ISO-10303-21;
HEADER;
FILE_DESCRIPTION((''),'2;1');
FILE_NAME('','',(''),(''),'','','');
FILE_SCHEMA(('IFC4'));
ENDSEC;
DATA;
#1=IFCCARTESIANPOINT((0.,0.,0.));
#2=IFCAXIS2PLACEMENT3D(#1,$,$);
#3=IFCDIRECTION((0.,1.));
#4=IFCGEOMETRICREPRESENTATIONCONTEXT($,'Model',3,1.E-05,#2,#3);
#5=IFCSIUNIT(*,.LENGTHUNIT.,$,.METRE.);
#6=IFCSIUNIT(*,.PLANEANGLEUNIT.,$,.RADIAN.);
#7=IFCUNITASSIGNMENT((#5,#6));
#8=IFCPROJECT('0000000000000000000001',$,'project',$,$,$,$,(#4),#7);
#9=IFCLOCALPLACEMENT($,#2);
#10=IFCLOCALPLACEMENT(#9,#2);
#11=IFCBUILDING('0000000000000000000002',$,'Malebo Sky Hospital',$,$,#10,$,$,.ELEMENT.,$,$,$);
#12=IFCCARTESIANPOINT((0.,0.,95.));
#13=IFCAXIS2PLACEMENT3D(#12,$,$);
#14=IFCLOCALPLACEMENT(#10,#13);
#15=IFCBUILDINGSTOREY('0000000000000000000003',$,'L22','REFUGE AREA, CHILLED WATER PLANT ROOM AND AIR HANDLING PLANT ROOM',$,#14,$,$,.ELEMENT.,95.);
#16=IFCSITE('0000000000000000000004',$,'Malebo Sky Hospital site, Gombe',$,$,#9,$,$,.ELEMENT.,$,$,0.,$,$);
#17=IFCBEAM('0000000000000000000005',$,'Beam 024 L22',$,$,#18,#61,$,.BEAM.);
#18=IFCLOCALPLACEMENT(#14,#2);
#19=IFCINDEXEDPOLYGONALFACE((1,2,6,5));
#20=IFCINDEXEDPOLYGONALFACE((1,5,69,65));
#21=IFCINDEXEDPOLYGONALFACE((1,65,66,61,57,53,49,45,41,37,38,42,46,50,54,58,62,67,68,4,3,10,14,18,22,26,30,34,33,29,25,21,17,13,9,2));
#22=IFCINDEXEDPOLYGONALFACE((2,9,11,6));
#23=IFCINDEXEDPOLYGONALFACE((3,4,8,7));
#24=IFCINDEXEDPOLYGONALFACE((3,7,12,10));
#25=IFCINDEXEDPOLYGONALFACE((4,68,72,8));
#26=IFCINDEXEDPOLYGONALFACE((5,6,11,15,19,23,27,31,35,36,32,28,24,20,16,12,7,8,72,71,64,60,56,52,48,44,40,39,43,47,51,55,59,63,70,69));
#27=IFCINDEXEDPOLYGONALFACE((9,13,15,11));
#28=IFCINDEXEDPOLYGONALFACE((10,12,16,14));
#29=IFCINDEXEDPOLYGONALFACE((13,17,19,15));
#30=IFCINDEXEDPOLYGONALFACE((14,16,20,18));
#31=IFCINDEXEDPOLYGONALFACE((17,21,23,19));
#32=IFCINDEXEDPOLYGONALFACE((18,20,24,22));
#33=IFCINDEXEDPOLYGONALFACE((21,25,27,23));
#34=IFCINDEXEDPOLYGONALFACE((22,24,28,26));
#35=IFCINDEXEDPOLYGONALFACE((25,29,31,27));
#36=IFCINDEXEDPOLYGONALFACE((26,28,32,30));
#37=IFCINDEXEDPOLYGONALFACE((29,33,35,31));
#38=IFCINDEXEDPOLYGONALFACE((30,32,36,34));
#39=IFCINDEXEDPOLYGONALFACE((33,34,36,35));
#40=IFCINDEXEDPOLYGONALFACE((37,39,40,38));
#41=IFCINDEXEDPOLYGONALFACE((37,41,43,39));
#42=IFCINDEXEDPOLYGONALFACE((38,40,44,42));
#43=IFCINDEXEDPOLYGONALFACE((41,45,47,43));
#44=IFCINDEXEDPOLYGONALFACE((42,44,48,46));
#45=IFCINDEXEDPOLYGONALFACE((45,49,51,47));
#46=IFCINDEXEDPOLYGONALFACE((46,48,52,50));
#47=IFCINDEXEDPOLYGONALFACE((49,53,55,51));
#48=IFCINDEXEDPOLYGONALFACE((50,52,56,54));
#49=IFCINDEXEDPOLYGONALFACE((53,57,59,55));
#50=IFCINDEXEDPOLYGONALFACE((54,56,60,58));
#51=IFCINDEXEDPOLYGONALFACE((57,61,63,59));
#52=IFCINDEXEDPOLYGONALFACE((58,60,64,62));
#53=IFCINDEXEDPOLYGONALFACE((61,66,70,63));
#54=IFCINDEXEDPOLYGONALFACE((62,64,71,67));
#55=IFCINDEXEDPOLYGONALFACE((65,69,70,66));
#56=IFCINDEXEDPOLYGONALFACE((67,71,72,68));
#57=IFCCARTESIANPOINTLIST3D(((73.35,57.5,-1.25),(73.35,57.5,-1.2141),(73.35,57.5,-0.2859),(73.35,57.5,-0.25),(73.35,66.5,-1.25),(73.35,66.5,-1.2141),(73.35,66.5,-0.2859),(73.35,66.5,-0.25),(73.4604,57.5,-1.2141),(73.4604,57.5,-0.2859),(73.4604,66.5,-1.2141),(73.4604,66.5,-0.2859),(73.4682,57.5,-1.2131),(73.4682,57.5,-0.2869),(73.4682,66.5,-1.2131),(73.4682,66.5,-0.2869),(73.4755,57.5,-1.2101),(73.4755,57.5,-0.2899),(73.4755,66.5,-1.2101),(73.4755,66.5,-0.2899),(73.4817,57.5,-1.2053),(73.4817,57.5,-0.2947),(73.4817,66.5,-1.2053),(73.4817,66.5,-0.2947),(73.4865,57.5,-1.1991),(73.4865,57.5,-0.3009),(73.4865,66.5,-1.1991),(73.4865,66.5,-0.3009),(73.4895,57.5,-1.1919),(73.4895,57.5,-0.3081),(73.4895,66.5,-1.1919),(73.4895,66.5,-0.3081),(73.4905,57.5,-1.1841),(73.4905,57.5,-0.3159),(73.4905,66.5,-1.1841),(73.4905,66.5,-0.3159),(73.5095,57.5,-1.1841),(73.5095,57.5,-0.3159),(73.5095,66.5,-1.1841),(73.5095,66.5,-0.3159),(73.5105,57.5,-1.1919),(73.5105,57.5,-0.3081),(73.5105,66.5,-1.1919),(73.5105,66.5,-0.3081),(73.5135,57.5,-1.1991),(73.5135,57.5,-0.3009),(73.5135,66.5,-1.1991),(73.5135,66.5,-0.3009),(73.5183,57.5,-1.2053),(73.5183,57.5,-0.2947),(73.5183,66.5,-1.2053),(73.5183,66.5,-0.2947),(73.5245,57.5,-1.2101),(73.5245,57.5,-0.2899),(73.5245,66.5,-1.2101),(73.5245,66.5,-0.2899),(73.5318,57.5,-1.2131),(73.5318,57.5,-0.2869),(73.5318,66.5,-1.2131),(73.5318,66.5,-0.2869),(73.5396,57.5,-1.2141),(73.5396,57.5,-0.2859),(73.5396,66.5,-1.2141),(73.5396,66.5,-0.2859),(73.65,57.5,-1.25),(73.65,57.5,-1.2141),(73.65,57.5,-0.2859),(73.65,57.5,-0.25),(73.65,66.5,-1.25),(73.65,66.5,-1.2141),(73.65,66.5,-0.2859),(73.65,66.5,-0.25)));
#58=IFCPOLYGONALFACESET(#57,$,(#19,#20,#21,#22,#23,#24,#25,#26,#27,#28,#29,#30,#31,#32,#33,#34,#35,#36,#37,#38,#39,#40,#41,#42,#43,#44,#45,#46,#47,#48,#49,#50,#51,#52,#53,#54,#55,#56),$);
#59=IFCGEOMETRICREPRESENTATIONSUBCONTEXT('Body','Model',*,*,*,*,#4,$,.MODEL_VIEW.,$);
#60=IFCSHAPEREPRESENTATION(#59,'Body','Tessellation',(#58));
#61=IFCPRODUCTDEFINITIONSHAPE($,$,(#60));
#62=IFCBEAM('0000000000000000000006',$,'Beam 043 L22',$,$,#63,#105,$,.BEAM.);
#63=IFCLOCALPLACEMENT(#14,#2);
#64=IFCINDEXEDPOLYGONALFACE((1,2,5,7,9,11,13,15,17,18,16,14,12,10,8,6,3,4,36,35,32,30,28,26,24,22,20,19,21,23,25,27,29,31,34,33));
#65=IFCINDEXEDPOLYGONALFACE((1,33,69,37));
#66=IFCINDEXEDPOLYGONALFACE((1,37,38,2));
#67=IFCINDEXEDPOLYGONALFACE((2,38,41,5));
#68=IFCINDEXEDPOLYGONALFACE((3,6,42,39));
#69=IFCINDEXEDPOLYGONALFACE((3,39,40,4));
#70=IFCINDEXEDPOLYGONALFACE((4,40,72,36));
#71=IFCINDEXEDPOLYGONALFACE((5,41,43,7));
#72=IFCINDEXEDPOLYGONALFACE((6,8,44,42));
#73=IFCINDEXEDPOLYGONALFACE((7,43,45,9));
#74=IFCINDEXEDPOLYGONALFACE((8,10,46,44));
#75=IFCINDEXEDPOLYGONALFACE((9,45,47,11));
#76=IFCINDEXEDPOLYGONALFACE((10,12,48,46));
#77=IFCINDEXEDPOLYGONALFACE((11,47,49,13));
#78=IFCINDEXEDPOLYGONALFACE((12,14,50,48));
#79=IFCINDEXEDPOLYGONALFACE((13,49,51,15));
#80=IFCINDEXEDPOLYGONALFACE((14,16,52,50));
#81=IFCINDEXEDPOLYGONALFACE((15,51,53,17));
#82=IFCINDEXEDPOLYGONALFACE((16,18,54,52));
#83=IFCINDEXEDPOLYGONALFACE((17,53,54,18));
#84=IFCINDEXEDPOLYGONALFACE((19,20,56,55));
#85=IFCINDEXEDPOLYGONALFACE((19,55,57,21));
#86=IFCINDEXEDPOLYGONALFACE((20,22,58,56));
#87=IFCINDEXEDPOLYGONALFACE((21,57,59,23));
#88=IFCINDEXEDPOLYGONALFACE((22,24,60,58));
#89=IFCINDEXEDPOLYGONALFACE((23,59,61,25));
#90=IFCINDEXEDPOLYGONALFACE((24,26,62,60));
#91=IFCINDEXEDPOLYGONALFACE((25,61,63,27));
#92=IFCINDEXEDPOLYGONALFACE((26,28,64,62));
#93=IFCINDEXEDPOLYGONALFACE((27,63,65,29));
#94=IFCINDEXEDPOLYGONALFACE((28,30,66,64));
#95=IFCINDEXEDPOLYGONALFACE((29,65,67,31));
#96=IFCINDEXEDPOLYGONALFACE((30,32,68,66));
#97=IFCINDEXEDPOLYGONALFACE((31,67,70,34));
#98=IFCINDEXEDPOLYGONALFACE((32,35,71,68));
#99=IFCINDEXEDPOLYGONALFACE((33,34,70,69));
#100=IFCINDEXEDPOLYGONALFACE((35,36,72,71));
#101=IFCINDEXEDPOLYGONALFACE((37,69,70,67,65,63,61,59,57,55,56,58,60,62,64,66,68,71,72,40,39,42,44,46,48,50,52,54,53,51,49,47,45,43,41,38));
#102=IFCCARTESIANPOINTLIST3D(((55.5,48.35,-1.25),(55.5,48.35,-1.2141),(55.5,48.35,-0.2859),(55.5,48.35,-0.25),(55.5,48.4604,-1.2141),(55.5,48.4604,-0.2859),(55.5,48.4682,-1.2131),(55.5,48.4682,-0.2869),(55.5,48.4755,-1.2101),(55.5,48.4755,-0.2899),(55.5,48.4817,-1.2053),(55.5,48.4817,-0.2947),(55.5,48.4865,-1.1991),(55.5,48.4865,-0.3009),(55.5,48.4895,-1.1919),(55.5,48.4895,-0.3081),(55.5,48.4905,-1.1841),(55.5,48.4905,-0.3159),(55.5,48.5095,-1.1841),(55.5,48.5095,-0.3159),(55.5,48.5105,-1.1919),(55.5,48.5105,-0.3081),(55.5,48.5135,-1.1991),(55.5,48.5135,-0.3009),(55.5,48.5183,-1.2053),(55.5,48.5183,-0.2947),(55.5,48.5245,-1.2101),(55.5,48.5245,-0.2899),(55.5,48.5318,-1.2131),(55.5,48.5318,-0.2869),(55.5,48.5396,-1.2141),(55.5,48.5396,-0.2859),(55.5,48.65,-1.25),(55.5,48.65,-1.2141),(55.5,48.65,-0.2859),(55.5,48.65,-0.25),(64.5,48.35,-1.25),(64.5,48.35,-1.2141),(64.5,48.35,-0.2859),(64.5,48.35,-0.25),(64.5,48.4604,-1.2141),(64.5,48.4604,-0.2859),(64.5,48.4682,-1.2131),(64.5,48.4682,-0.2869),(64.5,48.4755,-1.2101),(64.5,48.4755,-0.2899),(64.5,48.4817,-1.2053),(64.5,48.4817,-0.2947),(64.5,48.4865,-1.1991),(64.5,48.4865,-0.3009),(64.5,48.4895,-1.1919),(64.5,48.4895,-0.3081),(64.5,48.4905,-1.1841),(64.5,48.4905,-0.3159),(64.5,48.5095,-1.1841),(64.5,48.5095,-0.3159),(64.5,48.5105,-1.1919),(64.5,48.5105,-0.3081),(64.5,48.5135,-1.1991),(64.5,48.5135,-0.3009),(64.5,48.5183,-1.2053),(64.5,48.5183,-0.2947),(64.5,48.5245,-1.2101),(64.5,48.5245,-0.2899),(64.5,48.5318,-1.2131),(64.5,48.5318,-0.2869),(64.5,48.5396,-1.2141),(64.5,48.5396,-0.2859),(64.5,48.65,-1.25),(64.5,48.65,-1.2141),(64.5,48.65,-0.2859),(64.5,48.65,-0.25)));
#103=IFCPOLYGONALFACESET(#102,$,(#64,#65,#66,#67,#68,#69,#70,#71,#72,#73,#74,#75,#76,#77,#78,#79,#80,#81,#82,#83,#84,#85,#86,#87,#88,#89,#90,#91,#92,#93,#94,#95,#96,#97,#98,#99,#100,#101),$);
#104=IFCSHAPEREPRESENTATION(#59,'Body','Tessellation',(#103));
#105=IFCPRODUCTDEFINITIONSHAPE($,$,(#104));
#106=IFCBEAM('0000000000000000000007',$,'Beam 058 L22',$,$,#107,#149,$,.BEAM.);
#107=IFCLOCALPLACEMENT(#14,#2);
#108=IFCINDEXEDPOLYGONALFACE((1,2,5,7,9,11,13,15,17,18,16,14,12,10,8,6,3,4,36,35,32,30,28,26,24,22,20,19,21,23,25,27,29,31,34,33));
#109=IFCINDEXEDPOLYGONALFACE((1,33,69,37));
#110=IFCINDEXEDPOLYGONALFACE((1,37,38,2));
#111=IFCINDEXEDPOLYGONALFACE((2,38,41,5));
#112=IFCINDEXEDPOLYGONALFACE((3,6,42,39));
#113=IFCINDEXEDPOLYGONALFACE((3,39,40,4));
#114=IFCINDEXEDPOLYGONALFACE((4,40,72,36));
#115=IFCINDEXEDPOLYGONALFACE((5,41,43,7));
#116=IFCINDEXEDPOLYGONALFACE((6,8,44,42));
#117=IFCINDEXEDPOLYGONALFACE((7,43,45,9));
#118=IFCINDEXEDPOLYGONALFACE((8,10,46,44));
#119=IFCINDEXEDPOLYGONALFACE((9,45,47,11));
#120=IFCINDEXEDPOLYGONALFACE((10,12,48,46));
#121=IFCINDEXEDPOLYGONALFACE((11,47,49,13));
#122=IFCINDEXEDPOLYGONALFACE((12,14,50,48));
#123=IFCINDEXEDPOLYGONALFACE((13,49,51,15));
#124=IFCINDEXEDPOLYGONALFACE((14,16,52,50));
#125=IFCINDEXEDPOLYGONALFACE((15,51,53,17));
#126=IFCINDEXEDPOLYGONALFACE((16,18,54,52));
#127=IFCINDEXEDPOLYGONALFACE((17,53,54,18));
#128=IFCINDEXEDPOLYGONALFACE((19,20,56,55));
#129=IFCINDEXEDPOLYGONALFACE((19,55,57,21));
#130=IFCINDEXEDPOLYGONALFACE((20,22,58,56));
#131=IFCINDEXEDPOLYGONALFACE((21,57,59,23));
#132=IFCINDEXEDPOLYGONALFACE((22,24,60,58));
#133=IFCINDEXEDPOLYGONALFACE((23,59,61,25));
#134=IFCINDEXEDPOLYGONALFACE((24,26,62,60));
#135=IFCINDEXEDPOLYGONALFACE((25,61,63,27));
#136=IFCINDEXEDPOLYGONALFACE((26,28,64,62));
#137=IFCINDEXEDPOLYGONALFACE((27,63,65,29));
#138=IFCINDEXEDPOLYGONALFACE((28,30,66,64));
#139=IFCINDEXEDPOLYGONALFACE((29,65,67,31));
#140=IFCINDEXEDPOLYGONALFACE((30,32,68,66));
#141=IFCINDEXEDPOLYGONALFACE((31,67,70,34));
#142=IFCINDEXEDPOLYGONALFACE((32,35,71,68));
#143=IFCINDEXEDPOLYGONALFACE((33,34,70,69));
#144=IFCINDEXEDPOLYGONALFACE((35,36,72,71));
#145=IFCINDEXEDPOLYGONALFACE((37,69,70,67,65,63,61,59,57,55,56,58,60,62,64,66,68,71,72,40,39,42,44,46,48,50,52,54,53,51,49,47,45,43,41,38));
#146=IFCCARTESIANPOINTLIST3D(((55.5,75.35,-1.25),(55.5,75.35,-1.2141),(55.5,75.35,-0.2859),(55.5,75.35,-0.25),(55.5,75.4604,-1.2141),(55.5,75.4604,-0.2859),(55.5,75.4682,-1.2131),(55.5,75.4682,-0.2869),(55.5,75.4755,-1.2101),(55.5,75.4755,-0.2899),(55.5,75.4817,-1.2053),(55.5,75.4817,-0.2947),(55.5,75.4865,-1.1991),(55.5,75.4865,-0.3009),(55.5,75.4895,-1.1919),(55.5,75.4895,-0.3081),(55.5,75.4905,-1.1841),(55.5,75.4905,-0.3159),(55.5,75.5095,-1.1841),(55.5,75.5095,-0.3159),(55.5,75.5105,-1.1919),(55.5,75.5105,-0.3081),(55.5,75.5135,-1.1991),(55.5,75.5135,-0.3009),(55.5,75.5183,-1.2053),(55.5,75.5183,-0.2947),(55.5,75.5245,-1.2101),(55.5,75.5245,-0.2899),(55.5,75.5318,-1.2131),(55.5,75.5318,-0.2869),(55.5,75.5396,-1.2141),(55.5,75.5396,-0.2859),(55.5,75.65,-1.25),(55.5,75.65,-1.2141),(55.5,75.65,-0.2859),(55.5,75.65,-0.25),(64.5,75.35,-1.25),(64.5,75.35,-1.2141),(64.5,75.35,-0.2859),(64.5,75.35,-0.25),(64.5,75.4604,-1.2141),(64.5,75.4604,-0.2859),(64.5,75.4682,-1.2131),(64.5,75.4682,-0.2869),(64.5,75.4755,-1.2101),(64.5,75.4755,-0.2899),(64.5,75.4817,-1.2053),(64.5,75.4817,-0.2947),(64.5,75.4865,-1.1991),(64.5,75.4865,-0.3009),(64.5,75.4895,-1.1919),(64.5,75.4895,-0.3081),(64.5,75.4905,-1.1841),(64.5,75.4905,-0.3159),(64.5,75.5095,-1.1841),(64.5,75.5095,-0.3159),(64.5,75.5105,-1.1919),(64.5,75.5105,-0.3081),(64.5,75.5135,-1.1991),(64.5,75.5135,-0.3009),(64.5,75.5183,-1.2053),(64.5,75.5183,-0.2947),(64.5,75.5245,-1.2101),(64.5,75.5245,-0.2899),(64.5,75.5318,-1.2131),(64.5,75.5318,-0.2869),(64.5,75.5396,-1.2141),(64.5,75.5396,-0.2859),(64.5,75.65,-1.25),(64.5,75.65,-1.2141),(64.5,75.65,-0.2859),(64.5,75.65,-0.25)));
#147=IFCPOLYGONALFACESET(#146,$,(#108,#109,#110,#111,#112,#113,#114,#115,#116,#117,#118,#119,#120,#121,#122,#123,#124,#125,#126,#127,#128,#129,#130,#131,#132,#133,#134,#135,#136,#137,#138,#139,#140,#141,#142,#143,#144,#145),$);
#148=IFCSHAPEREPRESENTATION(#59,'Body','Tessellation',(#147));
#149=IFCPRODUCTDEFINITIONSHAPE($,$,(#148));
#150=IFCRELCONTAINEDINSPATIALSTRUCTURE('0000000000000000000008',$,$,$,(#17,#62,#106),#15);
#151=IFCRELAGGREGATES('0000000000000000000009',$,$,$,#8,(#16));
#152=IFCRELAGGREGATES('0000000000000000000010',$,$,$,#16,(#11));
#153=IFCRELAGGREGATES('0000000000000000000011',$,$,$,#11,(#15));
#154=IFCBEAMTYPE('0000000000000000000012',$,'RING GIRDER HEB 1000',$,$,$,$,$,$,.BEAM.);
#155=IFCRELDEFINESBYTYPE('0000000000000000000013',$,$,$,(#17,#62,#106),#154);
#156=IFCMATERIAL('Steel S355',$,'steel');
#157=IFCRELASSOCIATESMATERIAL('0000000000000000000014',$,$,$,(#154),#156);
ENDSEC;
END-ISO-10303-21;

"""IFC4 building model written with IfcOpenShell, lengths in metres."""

from ifc_helpers import new_model, si_unit, direction, frame, origin, origin_2d, place, context, subcontext, project, spatial, i_section, extrude, material, material_profile, profile_set, type_object, element, save


model = new_model("IFC4")

# Units and contexts
model_context = context("Model", 3, precision=1e-05, world=origin(), true_north=direction((0.0, 1.0)))
body_context = subcontext(model_context, "Body", "Model", "MODEL_VIEW")
ifc_project = project(units=[si_unit("LENGTHUNIT", "METRE"), si_unit("PLANEANGLEUNIT", "RADIAN")], contexts=[model_context])

# Site, building, storey
site_placement = place(None, origin())
site = spatial("IfcSite", under=ifc_project, at=site_placement, Name="Malebo Sky Hospital site, Gombe", CompositionType="ELEMENT", RefElevation=0.0)
building_placement = place(site_placement, origin())
building = spatial("IfcBuilding", under=site, at=building_placement, Name="Malebo Sky Hospital", CompositionType="ELEMENT")
storey_placement = place(building_placement, frame((0.0, 0.0, 95.0)))
storey = spatial("IfcBuildingStorey", under=building, at=storey_placement, Name="L22", Description="REFUGE AREA, CHILLED WATER PLANT ROOM AND AIR HANDLING PLANT ROOM", CompositionType="ELEMENT", Elevation=95.0)

# Beams
ifc_material_1 = material(Name="Steel S355", Category="steel")
ifc_material_profile_1 = material_profile(ifc_material_1, i_section(OverallWidth=0.3, OverallDepth=1.0, WebThickness=0.019, FlangeThickness=0.0359, FilletRadius=0.03, at=origin_2d()), Name="HEB 1000")
ifc_profile_set_1 = profile_set([ifc_material_profile_1], Name="Steel S355")
beam_type_1 = type_object("IfcBeamType", Name="RING GIRDER HEB 1000", PredefinedType="BEAM", material=ifc_profile_set_1)
for number, where, z_axis, x_axis, name in (
    (1, (73.5, 57.5, -0.75), (0.0, 1.0, 0.0), (-1.0, 0.0, 0.0), "Beam 024 L22"),
    (2, (55.5, 48.5, -0.75), (1.0, 0.0, 0.0), (0.0, 1.0, 0.0), "Beam 043 L22"),
    (3, (55.5, 75.5, -0.75), (1.0, 0.0, 0.0), (0.0, 1.0, 0.0), "Beam 058 L22"),
):
    element("IfcBeam", number, at=place(storey_placement, frame(where, z_axis=z_axis, x_axis=x_axis)), inside=storey, type_object=beam_type_1, Name=name, PredefinedType="BEAM", context=body_context, shape_type="SweptSolid", body=[
        extrude(i_section(OverallWidth=0.3, OverallDepth=1.0, WebThickness=0.019, FlangeThickness=0.0359, FilletRadius=0.03, at=origin_2d()), origin(), (0.0, 0.0, 1.0), 9.0),
    ])

save(model, "model.ifc")
